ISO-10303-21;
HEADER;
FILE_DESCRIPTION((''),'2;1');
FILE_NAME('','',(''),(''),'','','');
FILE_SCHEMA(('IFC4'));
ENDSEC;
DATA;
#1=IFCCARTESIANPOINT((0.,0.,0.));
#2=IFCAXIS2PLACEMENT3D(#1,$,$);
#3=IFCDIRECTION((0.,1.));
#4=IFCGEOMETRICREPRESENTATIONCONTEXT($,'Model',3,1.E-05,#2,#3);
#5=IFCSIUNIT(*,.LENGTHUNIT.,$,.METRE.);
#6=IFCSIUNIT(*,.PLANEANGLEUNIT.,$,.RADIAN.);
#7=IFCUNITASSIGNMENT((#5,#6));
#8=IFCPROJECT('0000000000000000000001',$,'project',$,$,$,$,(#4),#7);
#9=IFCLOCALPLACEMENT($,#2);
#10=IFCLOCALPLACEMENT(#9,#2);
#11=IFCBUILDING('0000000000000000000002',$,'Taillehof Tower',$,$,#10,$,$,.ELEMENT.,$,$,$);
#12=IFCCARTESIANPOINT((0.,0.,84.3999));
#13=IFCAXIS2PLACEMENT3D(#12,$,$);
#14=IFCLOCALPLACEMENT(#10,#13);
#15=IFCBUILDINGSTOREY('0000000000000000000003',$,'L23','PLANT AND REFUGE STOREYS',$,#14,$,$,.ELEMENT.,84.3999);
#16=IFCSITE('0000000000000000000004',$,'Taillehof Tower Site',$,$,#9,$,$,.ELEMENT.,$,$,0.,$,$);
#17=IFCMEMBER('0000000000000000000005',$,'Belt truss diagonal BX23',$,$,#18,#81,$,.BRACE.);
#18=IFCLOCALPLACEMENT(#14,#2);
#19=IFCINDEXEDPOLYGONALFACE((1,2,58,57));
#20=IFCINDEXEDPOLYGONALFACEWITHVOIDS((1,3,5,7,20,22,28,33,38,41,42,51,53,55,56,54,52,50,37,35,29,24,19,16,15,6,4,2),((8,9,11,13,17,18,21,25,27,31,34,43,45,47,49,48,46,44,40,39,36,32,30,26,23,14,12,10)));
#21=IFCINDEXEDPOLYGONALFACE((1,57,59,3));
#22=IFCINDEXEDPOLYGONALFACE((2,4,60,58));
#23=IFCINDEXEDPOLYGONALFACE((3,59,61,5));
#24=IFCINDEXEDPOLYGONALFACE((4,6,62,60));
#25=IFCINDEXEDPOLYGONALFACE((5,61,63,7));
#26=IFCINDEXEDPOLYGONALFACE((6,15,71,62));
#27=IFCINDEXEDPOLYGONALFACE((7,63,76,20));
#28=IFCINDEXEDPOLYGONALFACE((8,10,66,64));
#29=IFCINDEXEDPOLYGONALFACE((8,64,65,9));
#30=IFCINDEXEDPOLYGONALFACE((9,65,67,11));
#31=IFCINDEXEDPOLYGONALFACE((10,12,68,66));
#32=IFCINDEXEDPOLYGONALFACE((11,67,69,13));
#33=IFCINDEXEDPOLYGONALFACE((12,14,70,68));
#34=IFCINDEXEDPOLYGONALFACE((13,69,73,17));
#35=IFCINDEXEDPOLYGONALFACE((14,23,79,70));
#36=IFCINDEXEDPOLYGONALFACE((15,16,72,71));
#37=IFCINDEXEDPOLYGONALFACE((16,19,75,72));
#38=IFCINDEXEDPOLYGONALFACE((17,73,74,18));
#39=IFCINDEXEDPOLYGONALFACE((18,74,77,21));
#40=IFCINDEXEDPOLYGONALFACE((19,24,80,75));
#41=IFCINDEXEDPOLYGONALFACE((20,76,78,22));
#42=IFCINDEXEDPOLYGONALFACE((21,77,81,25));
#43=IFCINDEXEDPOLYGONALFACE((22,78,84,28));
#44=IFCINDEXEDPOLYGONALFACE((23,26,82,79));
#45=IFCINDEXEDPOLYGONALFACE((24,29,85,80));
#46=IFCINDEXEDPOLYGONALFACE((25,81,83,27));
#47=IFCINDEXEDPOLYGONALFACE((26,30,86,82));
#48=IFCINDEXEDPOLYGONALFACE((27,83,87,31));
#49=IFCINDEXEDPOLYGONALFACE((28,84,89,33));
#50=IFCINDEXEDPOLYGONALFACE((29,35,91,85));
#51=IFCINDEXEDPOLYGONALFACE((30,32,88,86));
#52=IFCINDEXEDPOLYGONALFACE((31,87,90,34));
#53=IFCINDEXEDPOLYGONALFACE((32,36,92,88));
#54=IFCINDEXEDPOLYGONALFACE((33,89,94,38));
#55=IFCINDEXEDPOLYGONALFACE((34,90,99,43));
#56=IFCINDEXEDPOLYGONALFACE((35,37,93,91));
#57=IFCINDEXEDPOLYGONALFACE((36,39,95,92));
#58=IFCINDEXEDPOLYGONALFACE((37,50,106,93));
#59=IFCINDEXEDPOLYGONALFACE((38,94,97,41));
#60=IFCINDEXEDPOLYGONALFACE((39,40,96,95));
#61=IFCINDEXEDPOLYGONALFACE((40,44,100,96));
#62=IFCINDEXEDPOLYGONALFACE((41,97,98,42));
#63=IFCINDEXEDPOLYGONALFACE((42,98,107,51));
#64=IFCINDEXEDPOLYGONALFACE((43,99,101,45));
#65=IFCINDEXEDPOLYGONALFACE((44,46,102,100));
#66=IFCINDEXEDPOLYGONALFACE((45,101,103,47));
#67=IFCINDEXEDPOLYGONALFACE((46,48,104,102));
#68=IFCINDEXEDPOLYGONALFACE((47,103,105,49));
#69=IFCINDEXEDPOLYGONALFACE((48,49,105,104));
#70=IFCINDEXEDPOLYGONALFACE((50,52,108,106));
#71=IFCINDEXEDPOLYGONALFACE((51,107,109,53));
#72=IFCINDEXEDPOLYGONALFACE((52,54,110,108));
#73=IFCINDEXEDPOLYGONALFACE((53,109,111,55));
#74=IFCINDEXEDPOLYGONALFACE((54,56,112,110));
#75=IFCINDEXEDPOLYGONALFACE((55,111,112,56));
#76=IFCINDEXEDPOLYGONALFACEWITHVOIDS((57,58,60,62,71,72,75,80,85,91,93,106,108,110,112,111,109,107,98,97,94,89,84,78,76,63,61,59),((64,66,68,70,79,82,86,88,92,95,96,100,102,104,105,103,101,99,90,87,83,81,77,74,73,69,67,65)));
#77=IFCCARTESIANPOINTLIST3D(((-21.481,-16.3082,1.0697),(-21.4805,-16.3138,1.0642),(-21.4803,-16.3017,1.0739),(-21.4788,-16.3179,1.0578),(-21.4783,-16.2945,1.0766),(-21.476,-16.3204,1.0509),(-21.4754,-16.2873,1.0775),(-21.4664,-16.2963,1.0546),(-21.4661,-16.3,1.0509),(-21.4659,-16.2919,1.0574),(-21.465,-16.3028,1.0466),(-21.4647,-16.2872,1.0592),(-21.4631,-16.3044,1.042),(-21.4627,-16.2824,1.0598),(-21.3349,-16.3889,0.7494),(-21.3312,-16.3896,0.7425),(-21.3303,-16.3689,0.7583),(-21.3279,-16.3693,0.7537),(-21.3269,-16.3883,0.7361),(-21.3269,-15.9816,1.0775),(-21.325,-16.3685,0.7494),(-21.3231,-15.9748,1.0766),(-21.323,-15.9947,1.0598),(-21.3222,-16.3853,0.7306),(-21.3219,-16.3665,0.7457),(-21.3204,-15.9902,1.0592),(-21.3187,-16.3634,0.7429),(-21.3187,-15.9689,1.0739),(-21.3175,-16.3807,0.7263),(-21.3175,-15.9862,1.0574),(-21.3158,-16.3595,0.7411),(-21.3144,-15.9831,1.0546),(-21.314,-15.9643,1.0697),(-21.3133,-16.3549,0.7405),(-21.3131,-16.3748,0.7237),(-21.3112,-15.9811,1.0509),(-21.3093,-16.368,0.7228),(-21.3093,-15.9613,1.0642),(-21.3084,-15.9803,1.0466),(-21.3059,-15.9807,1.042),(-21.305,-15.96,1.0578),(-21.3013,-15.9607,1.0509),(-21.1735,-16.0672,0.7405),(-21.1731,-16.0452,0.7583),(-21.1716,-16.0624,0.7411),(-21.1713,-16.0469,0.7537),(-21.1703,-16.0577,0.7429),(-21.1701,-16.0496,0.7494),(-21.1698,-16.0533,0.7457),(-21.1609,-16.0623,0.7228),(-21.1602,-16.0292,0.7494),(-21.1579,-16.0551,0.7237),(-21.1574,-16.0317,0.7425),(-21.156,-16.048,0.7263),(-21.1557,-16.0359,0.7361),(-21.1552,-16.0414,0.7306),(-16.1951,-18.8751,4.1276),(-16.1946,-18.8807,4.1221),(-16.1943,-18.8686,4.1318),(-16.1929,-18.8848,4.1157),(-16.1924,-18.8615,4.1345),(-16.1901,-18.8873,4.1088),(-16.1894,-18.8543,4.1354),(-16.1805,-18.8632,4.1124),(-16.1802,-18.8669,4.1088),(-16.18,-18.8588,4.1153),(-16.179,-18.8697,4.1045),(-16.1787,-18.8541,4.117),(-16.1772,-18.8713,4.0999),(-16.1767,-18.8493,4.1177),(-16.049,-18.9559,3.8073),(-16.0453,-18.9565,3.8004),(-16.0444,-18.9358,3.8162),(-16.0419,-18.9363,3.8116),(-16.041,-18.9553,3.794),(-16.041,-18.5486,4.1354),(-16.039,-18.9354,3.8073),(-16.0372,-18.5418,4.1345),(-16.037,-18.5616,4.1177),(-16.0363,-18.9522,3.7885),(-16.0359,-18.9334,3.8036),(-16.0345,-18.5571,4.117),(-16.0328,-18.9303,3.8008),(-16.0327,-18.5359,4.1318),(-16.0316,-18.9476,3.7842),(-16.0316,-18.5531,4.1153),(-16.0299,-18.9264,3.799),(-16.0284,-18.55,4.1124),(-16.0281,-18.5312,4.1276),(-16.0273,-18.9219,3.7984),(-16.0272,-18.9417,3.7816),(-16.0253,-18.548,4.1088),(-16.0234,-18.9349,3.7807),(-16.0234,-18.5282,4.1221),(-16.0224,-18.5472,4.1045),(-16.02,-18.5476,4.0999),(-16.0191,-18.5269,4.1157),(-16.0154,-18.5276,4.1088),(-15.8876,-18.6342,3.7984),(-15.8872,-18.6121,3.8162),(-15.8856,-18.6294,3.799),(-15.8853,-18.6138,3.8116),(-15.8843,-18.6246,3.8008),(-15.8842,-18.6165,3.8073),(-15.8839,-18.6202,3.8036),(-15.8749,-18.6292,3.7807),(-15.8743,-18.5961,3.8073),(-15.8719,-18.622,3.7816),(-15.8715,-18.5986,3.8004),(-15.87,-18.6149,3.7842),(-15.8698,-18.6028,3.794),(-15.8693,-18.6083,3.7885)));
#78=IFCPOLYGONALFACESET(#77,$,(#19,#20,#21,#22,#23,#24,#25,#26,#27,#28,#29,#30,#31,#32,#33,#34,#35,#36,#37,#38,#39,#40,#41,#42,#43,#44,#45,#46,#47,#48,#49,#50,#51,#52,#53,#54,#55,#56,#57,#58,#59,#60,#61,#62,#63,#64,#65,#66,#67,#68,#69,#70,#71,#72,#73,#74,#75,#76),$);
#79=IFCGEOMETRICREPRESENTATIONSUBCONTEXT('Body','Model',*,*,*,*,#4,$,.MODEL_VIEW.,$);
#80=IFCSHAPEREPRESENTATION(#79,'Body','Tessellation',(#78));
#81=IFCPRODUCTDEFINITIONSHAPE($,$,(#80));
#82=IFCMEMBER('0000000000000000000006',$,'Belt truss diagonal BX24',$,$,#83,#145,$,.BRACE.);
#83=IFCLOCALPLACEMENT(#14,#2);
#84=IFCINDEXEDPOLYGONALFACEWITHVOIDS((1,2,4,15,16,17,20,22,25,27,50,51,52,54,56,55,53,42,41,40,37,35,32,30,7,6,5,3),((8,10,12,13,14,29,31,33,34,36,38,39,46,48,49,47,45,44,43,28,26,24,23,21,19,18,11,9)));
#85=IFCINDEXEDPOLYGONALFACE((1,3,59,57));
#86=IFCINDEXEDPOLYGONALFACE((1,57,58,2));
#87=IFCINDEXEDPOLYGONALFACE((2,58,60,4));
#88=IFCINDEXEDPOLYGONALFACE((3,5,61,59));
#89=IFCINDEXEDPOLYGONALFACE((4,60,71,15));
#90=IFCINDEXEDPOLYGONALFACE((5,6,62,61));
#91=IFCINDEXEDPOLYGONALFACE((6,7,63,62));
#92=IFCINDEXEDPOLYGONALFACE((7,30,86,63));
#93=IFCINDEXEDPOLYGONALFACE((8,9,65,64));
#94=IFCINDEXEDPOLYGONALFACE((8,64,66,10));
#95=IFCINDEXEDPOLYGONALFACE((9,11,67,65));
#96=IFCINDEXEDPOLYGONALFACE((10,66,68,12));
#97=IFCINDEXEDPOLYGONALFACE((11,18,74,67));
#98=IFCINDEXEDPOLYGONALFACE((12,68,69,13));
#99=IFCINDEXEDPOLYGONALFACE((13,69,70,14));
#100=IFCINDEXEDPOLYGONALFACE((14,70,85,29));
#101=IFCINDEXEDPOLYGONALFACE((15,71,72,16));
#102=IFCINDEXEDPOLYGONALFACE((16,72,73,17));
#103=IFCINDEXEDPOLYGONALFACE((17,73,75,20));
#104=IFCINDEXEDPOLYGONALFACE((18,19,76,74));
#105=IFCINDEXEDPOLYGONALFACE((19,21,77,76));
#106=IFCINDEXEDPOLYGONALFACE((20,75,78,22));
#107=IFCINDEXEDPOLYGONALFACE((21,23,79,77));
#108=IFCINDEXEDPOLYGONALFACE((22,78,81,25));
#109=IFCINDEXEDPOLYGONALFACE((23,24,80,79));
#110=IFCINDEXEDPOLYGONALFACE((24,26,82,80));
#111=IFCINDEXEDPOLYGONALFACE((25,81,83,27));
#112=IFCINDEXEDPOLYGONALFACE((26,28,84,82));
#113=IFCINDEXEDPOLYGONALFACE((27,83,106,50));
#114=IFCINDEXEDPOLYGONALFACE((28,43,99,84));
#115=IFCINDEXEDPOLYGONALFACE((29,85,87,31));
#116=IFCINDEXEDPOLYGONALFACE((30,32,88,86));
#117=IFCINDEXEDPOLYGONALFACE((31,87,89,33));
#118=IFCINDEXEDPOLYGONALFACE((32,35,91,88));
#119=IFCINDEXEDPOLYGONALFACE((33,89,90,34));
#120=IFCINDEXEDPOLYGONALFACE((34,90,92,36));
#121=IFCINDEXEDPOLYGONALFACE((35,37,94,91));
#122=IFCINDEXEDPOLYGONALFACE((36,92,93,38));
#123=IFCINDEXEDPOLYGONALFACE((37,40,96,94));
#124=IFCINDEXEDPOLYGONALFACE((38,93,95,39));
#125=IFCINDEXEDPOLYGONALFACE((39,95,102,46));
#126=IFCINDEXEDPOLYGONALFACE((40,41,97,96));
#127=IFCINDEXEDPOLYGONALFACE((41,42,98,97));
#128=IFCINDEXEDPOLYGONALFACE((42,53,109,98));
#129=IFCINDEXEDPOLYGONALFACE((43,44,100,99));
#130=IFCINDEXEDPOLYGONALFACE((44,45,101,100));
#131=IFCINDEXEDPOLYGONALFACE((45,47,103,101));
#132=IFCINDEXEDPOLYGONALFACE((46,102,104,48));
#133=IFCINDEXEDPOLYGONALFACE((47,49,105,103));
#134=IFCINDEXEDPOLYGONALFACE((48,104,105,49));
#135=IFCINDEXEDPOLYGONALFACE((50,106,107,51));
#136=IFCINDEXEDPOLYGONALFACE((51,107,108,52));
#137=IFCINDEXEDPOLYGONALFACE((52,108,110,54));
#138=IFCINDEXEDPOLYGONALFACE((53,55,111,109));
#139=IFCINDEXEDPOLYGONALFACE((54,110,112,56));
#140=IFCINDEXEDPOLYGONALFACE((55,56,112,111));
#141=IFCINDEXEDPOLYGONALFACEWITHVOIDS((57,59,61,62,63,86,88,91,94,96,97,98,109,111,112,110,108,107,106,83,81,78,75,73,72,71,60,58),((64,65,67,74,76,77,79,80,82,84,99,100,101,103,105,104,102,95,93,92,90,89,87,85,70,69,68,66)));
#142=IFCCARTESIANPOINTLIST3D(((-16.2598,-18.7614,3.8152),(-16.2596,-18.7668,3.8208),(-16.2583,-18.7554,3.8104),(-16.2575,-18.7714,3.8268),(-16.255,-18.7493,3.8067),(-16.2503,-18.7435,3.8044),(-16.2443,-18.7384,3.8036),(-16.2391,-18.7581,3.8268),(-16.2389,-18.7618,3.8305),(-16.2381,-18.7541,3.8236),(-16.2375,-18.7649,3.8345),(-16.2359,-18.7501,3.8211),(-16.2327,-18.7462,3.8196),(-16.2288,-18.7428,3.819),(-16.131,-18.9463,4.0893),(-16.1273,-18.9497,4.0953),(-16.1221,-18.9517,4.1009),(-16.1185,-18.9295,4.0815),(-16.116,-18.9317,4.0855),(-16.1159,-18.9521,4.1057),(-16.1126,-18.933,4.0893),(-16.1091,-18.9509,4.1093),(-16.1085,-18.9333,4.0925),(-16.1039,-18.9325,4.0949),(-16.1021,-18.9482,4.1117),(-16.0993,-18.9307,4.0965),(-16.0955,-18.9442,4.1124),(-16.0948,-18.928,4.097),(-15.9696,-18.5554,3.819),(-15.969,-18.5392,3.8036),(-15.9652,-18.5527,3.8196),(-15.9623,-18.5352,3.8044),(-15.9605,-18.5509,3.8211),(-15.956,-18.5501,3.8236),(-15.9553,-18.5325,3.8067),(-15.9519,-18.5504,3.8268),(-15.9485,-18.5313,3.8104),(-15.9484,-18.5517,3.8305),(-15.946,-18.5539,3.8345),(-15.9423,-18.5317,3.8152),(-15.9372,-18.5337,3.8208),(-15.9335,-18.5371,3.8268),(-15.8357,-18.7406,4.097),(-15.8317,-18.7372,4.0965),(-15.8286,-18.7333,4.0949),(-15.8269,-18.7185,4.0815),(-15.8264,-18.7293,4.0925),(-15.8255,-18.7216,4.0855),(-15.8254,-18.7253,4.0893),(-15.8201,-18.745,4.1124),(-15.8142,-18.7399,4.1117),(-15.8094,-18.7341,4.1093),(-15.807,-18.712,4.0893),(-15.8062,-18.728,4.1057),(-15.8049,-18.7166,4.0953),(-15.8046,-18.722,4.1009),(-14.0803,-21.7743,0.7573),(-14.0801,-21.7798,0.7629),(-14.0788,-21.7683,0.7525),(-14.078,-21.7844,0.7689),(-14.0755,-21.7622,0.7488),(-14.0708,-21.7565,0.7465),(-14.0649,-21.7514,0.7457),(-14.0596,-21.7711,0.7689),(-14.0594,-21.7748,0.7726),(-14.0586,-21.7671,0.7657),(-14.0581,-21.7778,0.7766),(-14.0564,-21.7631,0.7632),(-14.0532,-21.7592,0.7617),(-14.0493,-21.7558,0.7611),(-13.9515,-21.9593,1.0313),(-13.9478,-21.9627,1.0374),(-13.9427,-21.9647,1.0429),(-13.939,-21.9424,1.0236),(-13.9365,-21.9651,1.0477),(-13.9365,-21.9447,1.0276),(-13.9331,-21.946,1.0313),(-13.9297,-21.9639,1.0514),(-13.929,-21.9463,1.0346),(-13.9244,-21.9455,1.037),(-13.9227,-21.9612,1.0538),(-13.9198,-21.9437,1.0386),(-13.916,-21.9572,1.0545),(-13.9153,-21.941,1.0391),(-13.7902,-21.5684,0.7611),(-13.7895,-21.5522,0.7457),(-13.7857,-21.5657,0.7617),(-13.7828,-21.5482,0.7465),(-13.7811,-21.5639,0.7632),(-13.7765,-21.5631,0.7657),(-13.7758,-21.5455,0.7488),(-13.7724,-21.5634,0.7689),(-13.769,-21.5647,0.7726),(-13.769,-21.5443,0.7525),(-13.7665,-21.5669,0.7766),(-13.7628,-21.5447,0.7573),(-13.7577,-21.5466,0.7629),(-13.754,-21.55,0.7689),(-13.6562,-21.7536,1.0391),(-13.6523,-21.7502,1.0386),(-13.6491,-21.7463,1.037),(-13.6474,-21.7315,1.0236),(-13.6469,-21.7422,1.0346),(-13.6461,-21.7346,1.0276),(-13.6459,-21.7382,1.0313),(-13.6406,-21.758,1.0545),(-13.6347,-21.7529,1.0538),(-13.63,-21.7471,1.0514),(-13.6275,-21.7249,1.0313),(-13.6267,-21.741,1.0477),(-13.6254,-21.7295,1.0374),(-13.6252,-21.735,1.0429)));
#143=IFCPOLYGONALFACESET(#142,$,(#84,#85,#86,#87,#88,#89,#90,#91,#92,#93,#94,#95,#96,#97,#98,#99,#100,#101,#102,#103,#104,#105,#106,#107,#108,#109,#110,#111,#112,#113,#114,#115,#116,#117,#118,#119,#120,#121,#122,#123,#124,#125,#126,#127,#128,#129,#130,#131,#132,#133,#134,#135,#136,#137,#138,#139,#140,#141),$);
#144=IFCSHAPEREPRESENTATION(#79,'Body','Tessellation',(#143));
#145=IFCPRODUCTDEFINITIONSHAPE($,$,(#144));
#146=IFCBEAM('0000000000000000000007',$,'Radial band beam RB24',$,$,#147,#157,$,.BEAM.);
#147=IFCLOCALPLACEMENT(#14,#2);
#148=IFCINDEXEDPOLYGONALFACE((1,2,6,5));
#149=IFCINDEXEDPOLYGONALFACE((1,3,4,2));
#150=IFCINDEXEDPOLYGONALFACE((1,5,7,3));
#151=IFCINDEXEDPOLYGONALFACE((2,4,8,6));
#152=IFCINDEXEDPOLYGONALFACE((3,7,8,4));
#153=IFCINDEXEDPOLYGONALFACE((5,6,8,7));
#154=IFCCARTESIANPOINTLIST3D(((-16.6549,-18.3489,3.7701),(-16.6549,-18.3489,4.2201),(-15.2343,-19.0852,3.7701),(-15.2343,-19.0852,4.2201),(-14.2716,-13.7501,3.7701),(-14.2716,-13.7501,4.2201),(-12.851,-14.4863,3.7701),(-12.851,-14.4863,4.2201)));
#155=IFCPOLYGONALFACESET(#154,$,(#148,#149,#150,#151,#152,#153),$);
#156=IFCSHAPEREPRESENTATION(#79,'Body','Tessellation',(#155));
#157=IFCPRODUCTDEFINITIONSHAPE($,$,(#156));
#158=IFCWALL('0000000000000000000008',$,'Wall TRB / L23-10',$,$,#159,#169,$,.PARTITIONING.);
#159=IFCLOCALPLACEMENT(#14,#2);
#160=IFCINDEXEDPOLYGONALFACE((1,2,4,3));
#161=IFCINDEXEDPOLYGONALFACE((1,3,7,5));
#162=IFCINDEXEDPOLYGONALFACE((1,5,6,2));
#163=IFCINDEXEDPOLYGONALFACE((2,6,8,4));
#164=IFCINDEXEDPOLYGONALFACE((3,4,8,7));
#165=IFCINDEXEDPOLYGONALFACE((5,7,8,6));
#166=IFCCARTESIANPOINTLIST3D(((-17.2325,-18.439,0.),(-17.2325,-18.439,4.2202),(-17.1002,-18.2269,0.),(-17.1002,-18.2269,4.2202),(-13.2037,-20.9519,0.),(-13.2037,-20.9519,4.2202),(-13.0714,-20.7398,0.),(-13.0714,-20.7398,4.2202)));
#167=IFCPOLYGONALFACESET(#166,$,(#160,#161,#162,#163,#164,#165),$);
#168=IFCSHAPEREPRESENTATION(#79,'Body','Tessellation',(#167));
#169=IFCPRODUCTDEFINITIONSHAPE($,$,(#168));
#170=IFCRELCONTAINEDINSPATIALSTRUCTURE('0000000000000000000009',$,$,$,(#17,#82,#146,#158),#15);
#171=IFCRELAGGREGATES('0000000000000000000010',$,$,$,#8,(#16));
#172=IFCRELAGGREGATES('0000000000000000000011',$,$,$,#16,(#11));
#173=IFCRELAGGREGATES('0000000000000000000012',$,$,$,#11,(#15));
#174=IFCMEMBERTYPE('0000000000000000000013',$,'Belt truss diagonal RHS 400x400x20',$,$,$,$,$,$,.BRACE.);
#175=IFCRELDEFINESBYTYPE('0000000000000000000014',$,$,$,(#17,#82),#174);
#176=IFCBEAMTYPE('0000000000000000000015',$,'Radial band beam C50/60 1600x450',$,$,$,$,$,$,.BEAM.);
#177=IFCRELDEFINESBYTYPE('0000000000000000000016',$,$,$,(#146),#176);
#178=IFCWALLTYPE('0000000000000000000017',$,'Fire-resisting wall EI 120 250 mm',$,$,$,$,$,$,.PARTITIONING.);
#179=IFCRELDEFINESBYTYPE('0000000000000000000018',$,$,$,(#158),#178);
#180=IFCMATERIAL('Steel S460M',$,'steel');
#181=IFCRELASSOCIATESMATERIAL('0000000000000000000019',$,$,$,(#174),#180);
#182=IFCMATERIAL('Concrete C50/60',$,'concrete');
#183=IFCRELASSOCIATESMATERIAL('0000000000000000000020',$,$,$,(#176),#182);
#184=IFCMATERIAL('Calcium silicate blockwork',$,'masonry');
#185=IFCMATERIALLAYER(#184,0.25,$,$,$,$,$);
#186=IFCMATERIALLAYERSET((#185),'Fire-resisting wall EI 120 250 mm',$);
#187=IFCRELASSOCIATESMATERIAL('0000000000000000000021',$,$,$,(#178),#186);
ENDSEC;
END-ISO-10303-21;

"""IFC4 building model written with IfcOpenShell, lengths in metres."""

from ifc_helpers import new_model, si_unit, direction, frame, frame_2d, origin, origin_2d, place, context, subcontext, project, spatial, rectangle, hollow_rectangle, extrude, material, layer, layer_set, material_profile, profile_set, type_object, element, save


model = new_model("IFC4")

# Units and contexts
model_context = context("Model", 3, precision=1e-05, world=origin(), true_north=direction((0.0, 1.0)))
body_context = subcontext(model_context, "Body", "Model", "MODEL_VIEW")
ifc_project = project(units=[si_unit("LENGTHUNIT", "METRE"), si_unit("PLANEANGLEUNIT", "RADIAN")], contexts=[model_context])

# Site, building, storey
site_placement = place(None, origin())
site = spatial("IfcSite", under=ifc_project, at=site_placement, Name="Taillehof Tower Site", CompositionType="ELEMENT", RefElevation=0.0)
building_placement = place(site_placement, origin())
building = spatial("IfcBuilding", under=site, at=building_placement, Name="Taillehof Tower", CompositionType="ELEMENT")
storey_placement = place(building_placement, frame((0.0, 0.0, 84.3999)))
storey = spatial("IfcBuildingStorey", under=building, at=storey_placement, Name="L23", Description="PLANT AND REFUGE STOREYS", CompositionType="ELEMENT", Elevation=84.3999)

# Members
ifc_material_1 = material(Name="Steel S460M", Category="steel")
ifc_material_profile_1 = material_profile(ifc_material_1, hollow_rectangle(XDim=0.3999, YDim=0.3999, WallThickness=0.02, InnerFilletRadius=0.02, OuterFilletRadius=0.03, at=origin_2d()), Name="RHS 400x400x20")
ifc_profile_set_1 = profile_set([ifc_material_profile_1], Name="Steel S460M")
member_type_1 = type_object("IfcMemberType", Name="Belt truss diagonal RHS 400x400x20", PredefinedType="BRACE", material=ifc_profile_set_1)
member_1_placement = place(storey_placement, frame((-21.3181, -16.1748, 0.9001), z_axis=(0.797966, -0.387502, 0.461619), x_axis=(0.43683, 0.899544, 0.0)))
element("IfcMember", 1, at=member_1_placement, inside=storey, type_object=member_type_1, Name="Belt truss diagonal BX23", PredefinedType="BRACE", context=body_context, shape_type="SweptSolid", body=[
    extrude(hollow_rectangle(XDim=0.3999, YDim=0.3999, WallThickness=0.02, InnerFilletRadius=0.02, OuterFilletRadius=0.03, at=origin_2d()), origin(), (0.0, 0.0, 1.0), 6.6243),
])
member_2_placement = place(storey_placement, frame((-16.0322, -18.7417, 3.958), z_axis=(0.452694, -0.62582, -0.635151), x_axis=(0.810241, 0.586097, 0.0)))
element("IfcMember", 2, at=member_2_placement, inside=storey, type_object=member_type_1, Name="Belt truss diagonal BX24", PredefinedType="BRACE", context=body_context, shape_type="SweptSolid", body=[
    extrude(hollow_rectangle(XDim=0.3999, YDim=0.3999, WallThickness=0.02, InnerFilletRadius=0.02, OuterFilletRadius=0.03, at=origin_2d()), origin(), (0.0, 0.0, 1.0), 4.8145),
])

# Beam
ifc_material_2 = material(Name="Concrete C50/60", Category="concrete")
ifc_material_profile_2 = material_profile(ifc_material_2, rectangle(XDim=1.6001, YDim=0.45, at=origin_2d()), Name="RC 1600x450")
ifc_profile_set_2 = profile_set([ifc_material_profile_2], Name="Concrete C50/60")
beam_type = type_object("IfcBeamType", Name="Radial band beam C50/60 1600x450", PredefinedType="BEAM", material=ifc_profile_set_2)
beam_placement = place(storey_placement, frame((-15.9446, -18.717, 3.9951), z_axis=(0.460119, 0.887857, 0.0), x_axis=(-0.887857, 0.460119, 0.0)))
element("IfcBeam", 3, at=beam_placement, inside=storey, type_object=beam_type, Name="Radial band beam RB24", PredefinedType="BEAM", context=body_context, shape_type="SweptSolid", body=[
    extrude(rectangle(XDim=1.6001, YDim=0.45, at=origin_2d()), origin(), (0.0, 0.0, 1.0), 5.1797),
])

# Wall
ifc_material_3 = material(Name="Calcium silicate blockwork", Category="masonry")
ifc_layer_1 = layer(ifc_material_3, 0.25)
ifc_layer_set_1 = layer_set([ifc_layer_1], Name="Fire-resisting wall EI 120 250 mm")
wall_type = type_object("IfcWallType", Name="Fire-resisting wall EI 120 250 mm", PredefinedType="PARTITIONING", material=ifc_layer_set_1)
wall_1_placement = place(storey_placement, frame((-17.1663, -18.333, 0.0), z_axis=(0.0, 0.0, 1.0), x_axis=(0.848477, -0.529232, 0.0)))
element("IfcWall", 4, at=wall_1_placement, inside=storey, type_object=wall_type, Name="Wall TRB / L23-10", PredefinedType="PARTITIONING", context=body_context, shape_type="SweptSolid", body=[
    extrude(rectangle(XDim=4.7483, YDim=0.25, at=frame_2d((2.374, 0.0))), origin(), (0.0, 0.0, 1.0), 4.2202),
])

save(model, "model.ifc")
